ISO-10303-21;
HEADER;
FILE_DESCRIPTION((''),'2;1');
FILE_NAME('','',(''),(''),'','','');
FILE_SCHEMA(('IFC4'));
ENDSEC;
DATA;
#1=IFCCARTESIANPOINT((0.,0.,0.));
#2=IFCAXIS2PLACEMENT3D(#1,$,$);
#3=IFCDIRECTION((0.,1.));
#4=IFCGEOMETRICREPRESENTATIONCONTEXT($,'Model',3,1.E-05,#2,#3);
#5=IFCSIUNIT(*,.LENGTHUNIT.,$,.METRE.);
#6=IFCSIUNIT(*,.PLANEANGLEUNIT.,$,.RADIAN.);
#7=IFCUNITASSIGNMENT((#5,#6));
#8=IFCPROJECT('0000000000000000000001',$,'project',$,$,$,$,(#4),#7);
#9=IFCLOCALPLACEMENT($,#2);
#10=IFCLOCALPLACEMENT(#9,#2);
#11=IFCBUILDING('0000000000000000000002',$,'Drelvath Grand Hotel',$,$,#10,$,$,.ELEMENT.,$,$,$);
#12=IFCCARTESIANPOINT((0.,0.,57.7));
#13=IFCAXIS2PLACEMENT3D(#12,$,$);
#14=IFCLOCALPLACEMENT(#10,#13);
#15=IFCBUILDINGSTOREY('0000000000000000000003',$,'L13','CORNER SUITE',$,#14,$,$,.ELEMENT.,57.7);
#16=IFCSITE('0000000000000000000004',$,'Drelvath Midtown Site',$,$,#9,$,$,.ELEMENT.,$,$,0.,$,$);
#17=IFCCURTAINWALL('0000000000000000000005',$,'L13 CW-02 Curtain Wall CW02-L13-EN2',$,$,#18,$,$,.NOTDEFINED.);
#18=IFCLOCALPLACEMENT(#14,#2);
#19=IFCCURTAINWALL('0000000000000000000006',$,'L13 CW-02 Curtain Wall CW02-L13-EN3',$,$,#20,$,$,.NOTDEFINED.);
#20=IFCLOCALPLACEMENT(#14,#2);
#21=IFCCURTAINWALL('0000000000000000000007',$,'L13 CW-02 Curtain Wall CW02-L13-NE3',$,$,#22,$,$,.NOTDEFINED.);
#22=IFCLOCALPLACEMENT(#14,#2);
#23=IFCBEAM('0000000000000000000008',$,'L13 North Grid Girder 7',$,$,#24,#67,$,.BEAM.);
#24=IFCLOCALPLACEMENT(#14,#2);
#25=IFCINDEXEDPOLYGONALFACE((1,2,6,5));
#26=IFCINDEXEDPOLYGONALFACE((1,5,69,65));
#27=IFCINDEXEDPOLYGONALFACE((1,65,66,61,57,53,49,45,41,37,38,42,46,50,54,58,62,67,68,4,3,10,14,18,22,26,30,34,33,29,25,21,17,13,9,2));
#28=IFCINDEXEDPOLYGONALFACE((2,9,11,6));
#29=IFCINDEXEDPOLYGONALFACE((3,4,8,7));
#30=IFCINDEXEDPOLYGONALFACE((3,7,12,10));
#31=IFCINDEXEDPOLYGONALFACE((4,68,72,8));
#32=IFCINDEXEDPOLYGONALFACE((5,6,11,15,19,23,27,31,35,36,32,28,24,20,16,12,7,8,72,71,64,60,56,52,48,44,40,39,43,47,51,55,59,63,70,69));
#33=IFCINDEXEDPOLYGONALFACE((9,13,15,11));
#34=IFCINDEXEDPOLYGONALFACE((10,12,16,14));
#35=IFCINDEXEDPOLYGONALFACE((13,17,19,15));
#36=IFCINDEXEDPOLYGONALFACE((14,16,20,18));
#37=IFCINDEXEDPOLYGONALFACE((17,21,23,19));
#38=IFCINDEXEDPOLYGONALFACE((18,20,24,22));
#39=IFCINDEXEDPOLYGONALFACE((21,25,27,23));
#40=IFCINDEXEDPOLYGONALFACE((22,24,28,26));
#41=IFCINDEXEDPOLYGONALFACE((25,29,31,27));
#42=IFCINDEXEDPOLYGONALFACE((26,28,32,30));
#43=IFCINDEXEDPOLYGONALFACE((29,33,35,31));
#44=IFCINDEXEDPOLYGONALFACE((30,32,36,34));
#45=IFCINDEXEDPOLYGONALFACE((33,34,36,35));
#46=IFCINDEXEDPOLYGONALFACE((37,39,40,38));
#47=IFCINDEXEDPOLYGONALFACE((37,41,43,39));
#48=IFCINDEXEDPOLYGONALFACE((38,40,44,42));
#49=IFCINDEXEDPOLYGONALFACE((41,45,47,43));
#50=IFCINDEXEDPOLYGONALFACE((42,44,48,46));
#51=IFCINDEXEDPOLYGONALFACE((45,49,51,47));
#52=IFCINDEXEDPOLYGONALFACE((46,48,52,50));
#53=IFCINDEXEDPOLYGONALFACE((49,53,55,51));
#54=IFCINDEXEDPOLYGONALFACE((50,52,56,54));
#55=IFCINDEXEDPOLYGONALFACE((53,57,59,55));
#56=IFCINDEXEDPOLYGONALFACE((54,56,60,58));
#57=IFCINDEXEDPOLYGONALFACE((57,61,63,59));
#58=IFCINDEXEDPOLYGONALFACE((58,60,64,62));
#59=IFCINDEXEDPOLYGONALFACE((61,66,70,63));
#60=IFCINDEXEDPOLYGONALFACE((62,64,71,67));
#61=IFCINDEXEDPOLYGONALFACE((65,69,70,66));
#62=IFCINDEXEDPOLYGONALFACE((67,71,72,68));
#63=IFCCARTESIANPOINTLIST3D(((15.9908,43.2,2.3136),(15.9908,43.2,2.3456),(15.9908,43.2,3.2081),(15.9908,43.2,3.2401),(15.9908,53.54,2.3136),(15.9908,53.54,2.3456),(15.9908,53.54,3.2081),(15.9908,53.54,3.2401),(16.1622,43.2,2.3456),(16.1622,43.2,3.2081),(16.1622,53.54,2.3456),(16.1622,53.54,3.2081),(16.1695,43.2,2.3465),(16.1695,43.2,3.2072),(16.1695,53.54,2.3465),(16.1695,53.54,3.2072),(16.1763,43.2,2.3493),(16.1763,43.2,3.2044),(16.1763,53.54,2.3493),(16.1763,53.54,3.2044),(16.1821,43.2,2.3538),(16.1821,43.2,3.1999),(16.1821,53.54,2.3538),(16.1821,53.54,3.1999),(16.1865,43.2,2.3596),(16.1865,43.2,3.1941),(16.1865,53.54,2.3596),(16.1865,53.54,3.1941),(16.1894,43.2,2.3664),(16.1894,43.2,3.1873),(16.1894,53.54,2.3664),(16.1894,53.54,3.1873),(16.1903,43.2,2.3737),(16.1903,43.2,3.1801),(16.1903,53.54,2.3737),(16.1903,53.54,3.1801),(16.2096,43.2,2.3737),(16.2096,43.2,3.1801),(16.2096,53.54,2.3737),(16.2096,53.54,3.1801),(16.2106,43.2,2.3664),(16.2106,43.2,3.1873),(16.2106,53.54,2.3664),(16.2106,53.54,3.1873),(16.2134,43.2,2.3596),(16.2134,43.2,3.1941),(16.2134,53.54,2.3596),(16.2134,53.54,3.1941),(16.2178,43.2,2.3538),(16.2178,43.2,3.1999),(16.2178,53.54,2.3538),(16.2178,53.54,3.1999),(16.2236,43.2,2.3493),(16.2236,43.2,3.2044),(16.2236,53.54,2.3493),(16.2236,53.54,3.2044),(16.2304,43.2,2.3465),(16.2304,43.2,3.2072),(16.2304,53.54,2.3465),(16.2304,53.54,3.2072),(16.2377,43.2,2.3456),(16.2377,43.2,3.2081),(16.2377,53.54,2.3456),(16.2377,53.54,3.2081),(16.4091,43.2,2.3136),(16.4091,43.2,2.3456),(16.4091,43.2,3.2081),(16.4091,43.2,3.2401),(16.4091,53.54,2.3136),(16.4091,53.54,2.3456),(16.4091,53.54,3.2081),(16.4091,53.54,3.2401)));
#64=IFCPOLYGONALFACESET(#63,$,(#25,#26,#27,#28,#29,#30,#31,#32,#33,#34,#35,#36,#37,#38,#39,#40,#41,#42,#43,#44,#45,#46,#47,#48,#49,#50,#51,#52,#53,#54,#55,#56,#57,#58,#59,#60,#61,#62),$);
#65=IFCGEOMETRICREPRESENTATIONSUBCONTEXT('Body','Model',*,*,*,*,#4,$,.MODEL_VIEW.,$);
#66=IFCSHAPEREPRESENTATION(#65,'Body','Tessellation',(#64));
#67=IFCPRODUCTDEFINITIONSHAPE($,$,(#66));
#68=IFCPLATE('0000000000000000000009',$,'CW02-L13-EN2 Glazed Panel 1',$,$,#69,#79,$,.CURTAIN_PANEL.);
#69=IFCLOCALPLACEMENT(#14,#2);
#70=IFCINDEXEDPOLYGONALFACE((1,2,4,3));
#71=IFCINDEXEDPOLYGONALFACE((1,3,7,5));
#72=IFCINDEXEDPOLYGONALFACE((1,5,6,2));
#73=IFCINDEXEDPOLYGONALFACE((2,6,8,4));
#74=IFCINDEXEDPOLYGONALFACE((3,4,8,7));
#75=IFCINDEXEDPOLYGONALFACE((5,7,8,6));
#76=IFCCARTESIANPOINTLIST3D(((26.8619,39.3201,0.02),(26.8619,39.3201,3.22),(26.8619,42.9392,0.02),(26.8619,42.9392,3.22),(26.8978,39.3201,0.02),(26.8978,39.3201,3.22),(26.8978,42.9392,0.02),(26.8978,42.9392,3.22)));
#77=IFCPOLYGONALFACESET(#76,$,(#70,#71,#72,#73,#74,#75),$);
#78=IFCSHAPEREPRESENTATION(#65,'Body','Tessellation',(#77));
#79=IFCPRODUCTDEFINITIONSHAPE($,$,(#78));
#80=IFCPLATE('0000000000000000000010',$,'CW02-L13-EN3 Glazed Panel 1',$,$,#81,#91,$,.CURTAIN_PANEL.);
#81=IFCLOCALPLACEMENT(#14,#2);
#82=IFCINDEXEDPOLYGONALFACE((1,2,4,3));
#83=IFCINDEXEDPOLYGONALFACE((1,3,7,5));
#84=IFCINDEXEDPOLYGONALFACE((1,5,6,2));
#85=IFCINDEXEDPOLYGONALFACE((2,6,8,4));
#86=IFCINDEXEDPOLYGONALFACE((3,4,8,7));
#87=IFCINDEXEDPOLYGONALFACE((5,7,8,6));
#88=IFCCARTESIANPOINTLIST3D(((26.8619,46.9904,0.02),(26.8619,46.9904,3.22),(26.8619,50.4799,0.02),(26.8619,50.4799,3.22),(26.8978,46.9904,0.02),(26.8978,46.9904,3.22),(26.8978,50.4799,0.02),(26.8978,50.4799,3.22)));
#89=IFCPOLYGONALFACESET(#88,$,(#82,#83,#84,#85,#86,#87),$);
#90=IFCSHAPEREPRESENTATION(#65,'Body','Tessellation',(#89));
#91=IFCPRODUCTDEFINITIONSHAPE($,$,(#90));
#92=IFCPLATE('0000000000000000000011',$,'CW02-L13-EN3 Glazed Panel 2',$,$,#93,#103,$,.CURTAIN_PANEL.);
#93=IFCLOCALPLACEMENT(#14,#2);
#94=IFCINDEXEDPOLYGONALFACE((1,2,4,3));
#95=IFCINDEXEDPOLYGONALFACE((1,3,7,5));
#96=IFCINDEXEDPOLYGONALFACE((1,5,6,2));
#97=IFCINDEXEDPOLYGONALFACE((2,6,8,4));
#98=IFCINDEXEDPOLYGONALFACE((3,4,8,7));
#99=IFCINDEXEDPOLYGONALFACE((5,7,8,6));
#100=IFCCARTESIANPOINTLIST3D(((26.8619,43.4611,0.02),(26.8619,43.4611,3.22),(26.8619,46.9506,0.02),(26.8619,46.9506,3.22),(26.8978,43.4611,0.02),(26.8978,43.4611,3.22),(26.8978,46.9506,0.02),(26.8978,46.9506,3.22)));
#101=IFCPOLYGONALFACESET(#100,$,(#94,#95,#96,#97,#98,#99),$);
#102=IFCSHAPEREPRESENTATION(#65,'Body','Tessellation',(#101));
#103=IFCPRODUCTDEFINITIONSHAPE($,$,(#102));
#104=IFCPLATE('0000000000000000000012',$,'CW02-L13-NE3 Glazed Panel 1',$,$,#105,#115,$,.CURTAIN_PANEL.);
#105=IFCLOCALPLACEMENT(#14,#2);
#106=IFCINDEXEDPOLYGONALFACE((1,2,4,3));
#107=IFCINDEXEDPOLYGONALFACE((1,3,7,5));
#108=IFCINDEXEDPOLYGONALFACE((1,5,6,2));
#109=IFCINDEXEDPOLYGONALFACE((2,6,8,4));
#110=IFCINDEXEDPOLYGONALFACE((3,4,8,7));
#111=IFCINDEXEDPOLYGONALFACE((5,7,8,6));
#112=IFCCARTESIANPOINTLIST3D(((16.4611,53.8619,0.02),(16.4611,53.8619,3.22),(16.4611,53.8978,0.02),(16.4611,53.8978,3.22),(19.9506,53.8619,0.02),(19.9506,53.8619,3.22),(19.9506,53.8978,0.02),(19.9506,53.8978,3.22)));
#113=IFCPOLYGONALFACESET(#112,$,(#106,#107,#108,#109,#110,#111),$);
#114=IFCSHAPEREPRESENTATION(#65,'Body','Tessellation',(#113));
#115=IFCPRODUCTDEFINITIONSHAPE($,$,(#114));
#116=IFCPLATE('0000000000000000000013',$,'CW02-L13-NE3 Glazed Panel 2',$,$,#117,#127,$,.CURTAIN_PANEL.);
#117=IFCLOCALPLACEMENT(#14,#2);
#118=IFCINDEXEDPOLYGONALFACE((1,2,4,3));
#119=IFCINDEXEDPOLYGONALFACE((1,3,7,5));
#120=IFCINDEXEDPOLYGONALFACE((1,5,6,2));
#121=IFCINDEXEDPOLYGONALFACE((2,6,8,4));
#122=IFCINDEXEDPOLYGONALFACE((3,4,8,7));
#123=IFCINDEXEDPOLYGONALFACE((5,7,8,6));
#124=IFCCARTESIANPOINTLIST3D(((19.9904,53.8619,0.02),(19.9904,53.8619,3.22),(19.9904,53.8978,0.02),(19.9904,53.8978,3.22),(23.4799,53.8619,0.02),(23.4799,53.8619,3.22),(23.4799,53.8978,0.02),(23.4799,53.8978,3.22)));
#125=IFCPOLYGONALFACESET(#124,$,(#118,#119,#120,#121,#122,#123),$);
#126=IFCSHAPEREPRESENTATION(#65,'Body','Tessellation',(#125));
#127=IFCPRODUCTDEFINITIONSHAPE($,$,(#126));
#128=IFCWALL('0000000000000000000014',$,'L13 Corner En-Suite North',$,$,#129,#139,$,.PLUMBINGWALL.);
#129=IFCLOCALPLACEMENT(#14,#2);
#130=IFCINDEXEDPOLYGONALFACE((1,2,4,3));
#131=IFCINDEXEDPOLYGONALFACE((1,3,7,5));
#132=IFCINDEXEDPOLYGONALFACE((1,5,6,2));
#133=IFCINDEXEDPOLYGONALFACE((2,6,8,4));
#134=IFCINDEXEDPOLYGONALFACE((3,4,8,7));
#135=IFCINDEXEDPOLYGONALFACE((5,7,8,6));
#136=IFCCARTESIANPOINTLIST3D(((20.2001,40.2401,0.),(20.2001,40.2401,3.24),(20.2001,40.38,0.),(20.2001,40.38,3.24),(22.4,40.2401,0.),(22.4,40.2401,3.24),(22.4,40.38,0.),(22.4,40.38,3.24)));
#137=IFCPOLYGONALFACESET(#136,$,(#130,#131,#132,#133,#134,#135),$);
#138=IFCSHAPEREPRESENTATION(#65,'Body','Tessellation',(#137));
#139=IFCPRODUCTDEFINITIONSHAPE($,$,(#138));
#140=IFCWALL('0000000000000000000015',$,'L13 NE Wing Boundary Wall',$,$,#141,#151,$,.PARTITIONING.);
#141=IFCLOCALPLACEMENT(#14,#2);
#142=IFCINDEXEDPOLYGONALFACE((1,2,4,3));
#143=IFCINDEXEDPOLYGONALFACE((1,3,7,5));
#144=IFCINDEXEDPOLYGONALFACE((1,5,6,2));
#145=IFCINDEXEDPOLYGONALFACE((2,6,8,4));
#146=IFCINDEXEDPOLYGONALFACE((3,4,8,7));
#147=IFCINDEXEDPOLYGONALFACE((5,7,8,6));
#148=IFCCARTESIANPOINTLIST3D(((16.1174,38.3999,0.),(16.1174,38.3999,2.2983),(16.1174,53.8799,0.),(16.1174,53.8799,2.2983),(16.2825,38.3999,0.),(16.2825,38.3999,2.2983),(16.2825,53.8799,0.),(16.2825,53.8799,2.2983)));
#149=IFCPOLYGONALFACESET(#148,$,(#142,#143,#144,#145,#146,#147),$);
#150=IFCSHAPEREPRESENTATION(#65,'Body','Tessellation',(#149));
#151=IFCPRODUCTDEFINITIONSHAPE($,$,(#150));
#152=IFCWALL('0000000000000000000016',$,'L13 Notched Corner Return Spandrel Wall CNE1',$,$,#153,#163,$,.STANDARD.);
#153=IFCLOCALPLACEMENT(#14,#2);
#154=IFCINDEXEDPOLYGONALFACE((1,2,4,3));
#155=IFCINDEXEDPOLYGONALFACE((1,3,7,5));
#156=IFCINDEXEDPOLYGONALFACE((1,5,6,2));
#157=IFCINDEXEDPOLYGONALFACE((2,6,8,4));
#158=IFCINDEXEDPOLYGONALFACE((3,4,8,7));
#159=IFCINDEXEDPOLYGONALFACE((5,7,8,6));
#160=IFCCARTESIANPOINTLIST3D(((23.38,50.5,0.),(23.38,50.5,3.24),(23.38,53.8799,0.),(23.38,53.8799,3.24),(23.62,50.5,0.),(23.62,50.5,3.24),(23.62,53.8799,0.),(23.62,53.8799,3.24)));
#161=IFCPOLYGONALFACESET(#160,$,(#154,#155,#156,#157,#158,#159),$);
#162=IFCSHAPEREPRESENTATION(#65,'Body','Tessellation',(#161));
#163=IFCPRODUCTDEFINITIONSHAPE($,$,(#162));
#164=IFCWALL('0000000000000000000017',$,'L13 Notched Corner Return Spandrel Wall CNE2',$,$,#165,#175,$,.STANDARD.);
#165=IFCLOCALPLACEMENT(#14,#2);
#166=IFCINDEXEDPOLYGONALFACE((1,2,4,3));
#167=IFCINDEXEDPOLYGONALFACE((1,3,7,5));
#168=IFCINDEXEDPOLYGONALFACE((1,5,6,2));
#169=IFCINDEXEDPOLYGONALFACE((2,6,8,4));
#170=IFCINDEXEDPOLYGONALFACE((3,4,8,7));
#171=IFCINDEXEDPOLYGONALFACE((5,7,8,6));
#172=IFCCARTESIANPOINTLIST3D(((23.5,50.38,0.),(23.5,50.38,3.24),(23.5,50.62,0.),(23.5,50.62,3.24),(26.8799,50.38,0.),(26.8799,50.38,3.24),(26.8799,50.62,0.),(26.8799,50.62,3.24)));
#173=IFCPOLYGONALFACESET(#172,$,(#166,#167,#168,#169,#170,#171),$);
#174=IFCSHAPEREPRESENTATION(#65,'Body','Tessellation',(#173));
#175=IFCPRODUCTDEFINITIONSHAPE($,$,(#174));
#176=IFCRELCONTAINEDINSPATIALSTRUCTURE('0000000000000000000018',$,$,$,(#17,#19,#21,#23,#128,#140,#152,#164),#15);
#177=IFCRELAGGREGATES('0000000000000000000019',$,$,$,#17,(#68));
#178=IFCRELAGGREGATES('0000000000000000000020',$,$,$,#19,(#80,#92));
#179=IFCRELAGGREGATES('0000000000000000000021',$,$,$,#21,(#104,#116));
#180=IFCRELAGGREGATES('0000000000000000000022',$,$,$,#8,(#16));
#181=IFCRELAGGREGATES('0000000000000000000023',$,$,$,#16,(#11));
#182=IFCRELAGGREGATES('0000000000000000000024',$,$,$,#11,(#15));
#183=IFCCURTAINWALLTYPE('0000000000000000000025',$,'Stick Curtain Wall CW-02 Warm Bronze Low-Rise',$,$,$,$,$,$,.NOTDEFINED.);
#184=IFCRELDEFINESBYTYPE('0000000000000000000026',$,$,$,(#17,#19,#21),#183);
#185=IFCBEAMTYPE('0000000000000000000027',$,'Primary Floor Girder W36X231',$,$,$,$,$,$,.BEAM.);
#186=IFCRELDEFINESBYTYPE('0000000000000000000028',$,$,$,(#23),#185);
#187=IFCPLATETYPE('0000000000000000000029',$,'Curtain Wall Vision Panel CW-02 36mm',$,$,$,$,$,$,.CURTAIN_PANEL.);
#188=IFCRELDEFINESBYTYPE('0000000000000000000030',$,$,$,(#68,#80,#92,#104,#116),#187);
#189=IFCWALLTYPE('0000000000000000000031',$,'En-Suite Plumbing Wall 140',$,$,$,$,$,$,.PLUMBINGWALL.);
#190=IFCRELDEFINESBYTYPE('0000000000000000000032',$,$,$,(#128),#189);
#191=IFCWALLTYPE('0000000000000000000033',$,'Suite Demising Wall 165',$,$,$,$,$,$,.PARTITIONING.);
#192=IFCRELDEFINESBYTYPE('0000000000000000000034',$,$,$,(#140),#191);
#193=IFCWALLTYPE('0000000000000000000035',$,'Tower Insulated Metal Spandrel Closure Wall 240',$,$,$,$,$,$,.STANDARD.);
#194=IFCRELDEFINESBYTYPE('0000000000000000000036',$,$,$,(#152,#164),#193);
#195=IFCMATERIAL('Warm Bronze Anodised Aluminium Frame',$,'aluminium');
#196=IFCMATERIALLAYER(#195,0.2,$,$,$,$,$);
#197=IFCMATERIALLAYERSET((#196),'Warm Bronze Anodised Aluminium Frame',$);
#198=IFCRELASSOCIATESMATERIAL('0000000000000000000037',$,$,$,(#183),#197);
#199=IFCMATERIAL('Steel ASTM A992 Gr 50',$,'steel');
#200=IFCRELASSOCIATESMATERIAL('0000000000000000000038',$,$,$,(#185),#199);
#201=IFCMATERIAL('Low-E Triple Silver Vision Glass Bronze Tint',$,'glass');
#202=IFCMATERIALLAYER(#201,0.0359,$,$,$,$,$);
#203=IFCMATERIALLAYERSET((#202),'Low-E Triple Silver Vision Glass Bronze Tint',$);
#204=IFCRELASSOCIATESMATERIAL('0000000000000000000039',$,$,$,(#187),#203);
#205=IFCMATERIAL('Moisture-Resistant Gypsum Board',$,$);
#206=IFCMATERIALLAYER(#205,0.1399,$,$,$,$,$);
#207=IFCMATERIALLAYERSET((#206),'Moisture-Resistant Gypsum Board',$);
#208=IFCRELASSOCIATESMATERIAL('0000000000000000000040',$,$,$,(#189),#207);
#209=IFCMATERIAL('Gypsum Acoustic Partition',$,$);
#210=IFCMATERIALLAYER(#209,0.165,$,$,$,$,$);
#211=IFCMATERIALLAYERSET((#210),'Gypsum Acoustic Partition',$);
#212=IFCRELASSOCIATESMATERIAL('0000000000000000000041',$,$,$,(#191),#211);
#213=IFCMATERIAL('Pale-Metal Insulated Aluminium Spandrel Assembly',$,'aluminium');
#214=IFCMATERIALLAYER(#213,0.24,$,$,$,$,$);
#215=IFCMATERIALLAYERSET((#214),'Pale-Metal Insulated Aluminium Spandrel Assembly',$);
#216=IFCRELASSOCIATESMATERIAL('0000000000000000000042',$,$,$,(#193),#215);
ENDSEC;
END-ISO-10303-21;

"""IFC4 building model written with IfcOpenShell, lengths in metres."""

from ifc_helpers import new_model, si_unit, direction, frame, frame_2d, origin, origin_2d, place, context, subcontext, project, spatial, rectangle, i_section, extrude, material, layer, layer_set, material_profile, profile_set, type_object, element, aggregate, save


model = new_model("IFC4")

# Units and contexts
model_context = context("Model", 3, precision=1e-05, world=origin(), true_north=direction((0.0, 1.0)))
body_context = subcontext(model_context, "Body", "Model", "MODEL_VIEW")
ifc_project = project(units=[si_unit("LENGTHUNIT", "METRE"), si_unit("PLANEANGLEUNIT", "RADIAN")], contexts=[model_context])

# Site, building, storey
site_placement = place(None, origin())
site = spatial("IfcSite", under=ifc_project, at=site_placement, Name="Drelvath Midtown Site", CompositionType="ELEMENT", RefElevation=0.0)
building_placement = place(site_placement, origin())
building = spatial("IfcBuilding", under=site, at=building_placement, Name="Drelvath Grand Hotel", CompositionType="ELEMENT")
storey_placement = place(building_placement, frame((0.0, 0.0, 57.7)))
storey = spatial("IfcBuildingStorey", under=building, at=storey_placement, Name="L13", Description="CORNER SUITE", CompositionType="ELEMENT", Elevation=57.7)

# Curtain walls
ifc_material_1 = material(Name="Warm Bronze Anodised Aluminium Frame", Category="aluminium")
ifc_layer_1 = layer(ifc_material_1, 0.2)
ifc_layer_set_1 = layer_set([ifc_layer_1], Name="Warm Bronze Anodised Aluminium Frame")
curtain_wall_type = type_object("IfcCurtainWallType", Name="Stick Curtain Wall CW-02 Warm Bronze Low-Rise", PredefinedType="NOTDEFINED", material=ifc_layer_set_1)
curtain_wall_1_placement = place(storey_placement, origin())
curtain_wall_1 = element("IfcCurtainWall", 1, at=curtain_wall_1_placement, inside=storey, type_object=curtain_wall_type, Name="L13 CW-02 Curtain Wall CW02-L13-EN2", PredefinedType="NOTDEFINED")
curtain_wall_2_placement = place(storey_placement, origin())
curtain_wall_2 = element("IfcCurtainWall", 2, at=curtain_wall_2_placement, inside=storey, type_object=curtain_wall_type, Name="L13 CW-02 Curtain Wall CW02-L13-EN3", PredefinedType="NOTDEFINED")
curtain_wall_3_placement = place(storey_placement, origin())
curtain_wall_3 = element("IfcCurtainWall", 3, at=curtain_wall_3_placement, inside=storey, type_object=curtain_wall_type, Name="L13 CW-02 Curtain Wall CW02-L13-NE3", PredefinedType="NOTDEFINED")

# Beam
ifc_material_2 = material(Name="Steel ASTM A992 Gr 50", Category="steel")
ifc_material_profile_1 = material_profile(ifc_material_2, i_section(OverallWidth=0.4182, OverallDepth=0.9265, WebThickness=0.0193, FlangeThickness=0.032, FilletRadius=0.0281, at=origin_2d()), Name="W36X231")
ifc_profile_set_1 = profile_set([ifc_material_profile_1], Name="Steel ASTM A992 Gr 50")
beam_type = type_object("IfcBeamType", Name="Primary Floor Girder W36X231", PredefinedType="BEAM", material=ifc_profile_set_1)
for number, where, z_axis, x_axis, name in (
    (4, (16.2, 43.2, 2.7769), (0.0, 1.0, 0.0), (-1.0, 0.0, 0.0), "L13 North Grid Girder 7"),
):
    element("IfcBeam", number, at=place(storey_placement, frame(where, z_axis=z_axis, x_axis=x_axis)), inside=storey, type_object=beam_type, Name=name, PredefinedType="BEAM", context=body_context, shape_type="SweptSolid", body=[
        extrude(i_section(OverallWidth=0.4182, OverallDepth=0.9265, WebThickness=0.0193, FlangeThickness=0.032, FilletRadius=0.0281, at=origin_2d()), origin(), (0.0, 0.0, 1.0), 10.3401),
    ])

# Plates
ifc_material_3 = material(Name="Low-E Triple Silver Vision Glass Bronze Tint", Category="glass")
ifc_layer_2 = layer(ifc_material_3, 0.0359)
ifc_layer_set_2 = layer_set([ifc_layer_2], Name="Low-E Triple Silver Vision Glass Bronze Tint")
plate_type = type_object("IfcPlateType", Name="Curtain Wall Vision Panel CW-02 36mm", PredefinedType="CURTAIN_PANEL", material=ifc_layer_set_2)
plate_1_placement = place(storey_placement, frame((26.8799, 41.1296, 0.02), z_axis=(0.0, 0.0, 1.0), x_axis=(0.0, -1.0, 0.0)))
plate_1 = element("IfcPlate", 5, at=plate_1_placement, type_object=plate_type, Name="CW02-L13-EN2 Glazed Panel 1", PredefinedType="CURTAIN_PANEL", context=body_context, shape_type="SweptSolid", body=[
    extrude(rectangle(XDim=3.6191, YDim=0.0359, at=origin_2d()), origin(), (0.0, 0.0, 1.0), 3.2),
])
aggregate(curtain_wall_1, [plate_1])
plate_2_placement = place(storey_placement, frame((26.8799, 48.7351, 0.02), z_axis=(0.0, 0.0, 1.0), x_axis=(0.0, -1.0, 0.0)))
plate_2 = element("IfcPlate", 6, at=plate_2_placement, type_object=plate_type, Name="CW02-L13-EN3 Glazed Panel 1", PredefinedType="CURTAIN_PANEL", context=body_context, shape_type="SweptSolid", body=[
    extrude(rectangle(XDim=3.4895, YDim=0.0359, at=origin_2d()), origin(), (0.0, 0.0, 1.0), 3.2),
])
plate_3_placement = place(storey_placement, frame((26.8799, 45.2058, 0.02), z_axis=(0.0, 0.0, 1.0), x_axis=(0.0, -1.0, 0.0)))
plate_3 = element("IfcPlate", 7, at=plate_3_placement, type_object=plate_type, Name="CW02-L13-EN3 Glazed Panel 2", PredefinedType="CURTAIN_PANEL", context=body_context, shape_type="SweptSolid", body=[
    extrude(rectangle(XDim=3.4895, YDim=0.0359, at=origin_2d()), origin(), (0.0, 0.0, 1.0), 3.2),
])
aggregate(curtain_wall_2, [plate_2, plate_3])
plate_4_placement = place(storey_placement, frame((18.2058, 53.8799, 0.02), z_axis=(0.0, 0.0, 1.0), x_axis=(1.0, 0.0, 0.0)))
plate_4 = element("IfcPlate", 8, at=plate_4_placement, type_object=plate_type, Name="CW02-L13-NE3 Glazed Panel 1", PredefinedType="CURTAIN_PANEL", context=body_context, shape_type="SweptSolid", body=[
    extrude(rectangle(XDim=3.4895, YDim=0.0359, at=origin_2d()), origin(), (0.0, 0.0, 1.0), 3.2),
])
plate_5_placement = place(storey_placement, frame((21.7351, 53.8799, 0.02), z_axis=(0.0, 0.0, 1.0), x_axis=(1.0, 0.0, 0.0)))
plate_5 = element("IfcPlate", 9, at=plate_5_placement, type_object=plate_type, Name="CW02-L13-NE3 Glazed Panel 2", PredefinedType="CURTAIN_PANEL", context=body_context, shape_type="SweptSolid", body=[
    extrude(rectangle(XDim=3.4895, YDim=0.0359, at=origin_2d()), origin(), (0.0, 0.0, 1.0), 3.2),
])
aggregate(curtain_wall_3, [plate_4, plate_5])

# Walls
ifc_material_4 = material(Name="Moisture-Resistant Gypsum Board")
ifc_layer_3 = layer(ifc_material_4, 0.1399)
ifc_layer_set_3 = layer_set([ifc_layer_3], Name="Moisture-Resistant Gypsum Board")
wall_type_1 = type_object("IfcWallType", Name="En-Suite Plumbing Wall 140", PredefinedType="PLUMBINGWALL", material=ifc_layer_set_3)
wall_1_placement = place(storey_placement, frame((20.2, 40.3101, 0.0), z_axis=(0.0, 0.0, 1.0), x_axis=(1.0, 0.0, 0.0)))
element("IfcWall", 10, at=wall_1_placement, inside=storey, type_object=wall_type_1, Name="L13 Corner En-Suite North", PredefinedType="PLUMBINGWALL", context=body_context, shape_type="SweptSolid", body=[
    extrude(rectangle(XDim=2.2, YDim=0.1399, at=frame_2d((1.1001, 0.0))), origin(), (0.0, 0.0, 1.0), 3.24),
])
ifc_material_5 = material(Name="Gypsum Acoustic Partition")
ifc_layer_4 = layer(ifc_material_5, 0.165)
ifc_layer_set_4 = layer_set([ifc_layer_4], Name="Gypsum Acoustic Partition")
wall_type_2 = type_object("IfcWallType", Name="Suite Demising Wall 165", PredefinedType="PARTITIONING", material=ifc_layer_set_4)
wall_2_placement = place(storey_placement, frame((16.2, 38.3999, 0.0), z_axis=(0.0, 0.0, 1.0), x_axis=(0.0, 1.0, 0.0)))
element("IfcWall", 11, at=wall_2_placement, inside=storey, type_object=wall_type_2, Name="L13 NE Wing Boundary Wall", PredefinedType="PARTITIONING", context=body_context, shape_type="SweptSolid", body=[
    extrude(rectangle(XDim=15.48, YDim=0.165, at=frame_2d((7.74, 0.0))), origin(), (0.0, 0.0, 1.0), 2.2983),
])
ifc_material_6 = material(Name="Pale-Metal Insulated Aluminium Spandrel Assembly", Category="aluminium")
ifc_layer_5 = layer(ifc_material_6, 0.24)
ifc_layer_set_5 = layer_set([ifc_layer_5], Name="Pale-Metal Insulated Aluminium Spandrel Assembly")
wall_type_3 = type_object("IfcWallType", Name="Tower Insulated Metal Spandrel Closure Wall 240", PredefinedType="STANDARD", material=ifc_layer_set_5)
for number, where, z_axis, x_axis, name in (
    (12, (23.5, 53.8799, 0.0), (0.0, 0.0, 1.0), (0.0, -1.0, 0.0), "L13 Notched Corner Return Spandrel Wall CNE1"),
    (13, (23.5, 50.5, 0.0), (0.0, 0.0, 1.0), (1.0, 0.0, 0.0), "L13 Notched Corner Return Spandrel Wall CNE2"),
):
    element("IfcWall", number, at=place(storey_placement, frame(where, z_axis=z_axis, x_axis=x_axis)), inside=storey, type_object=wall_type_3, Name=name, PredefinedType="STANDARD", context=body_context, shape_type="SweptSolid", body=[
        extrude(rectangle(XDim=3.3799, YDim=0.24, at=frame_2d((1.6899, 0.0))), origin(), (0.0, 0.0, 1.0), 3.24),
    ])

save(model, "model.ifc")
